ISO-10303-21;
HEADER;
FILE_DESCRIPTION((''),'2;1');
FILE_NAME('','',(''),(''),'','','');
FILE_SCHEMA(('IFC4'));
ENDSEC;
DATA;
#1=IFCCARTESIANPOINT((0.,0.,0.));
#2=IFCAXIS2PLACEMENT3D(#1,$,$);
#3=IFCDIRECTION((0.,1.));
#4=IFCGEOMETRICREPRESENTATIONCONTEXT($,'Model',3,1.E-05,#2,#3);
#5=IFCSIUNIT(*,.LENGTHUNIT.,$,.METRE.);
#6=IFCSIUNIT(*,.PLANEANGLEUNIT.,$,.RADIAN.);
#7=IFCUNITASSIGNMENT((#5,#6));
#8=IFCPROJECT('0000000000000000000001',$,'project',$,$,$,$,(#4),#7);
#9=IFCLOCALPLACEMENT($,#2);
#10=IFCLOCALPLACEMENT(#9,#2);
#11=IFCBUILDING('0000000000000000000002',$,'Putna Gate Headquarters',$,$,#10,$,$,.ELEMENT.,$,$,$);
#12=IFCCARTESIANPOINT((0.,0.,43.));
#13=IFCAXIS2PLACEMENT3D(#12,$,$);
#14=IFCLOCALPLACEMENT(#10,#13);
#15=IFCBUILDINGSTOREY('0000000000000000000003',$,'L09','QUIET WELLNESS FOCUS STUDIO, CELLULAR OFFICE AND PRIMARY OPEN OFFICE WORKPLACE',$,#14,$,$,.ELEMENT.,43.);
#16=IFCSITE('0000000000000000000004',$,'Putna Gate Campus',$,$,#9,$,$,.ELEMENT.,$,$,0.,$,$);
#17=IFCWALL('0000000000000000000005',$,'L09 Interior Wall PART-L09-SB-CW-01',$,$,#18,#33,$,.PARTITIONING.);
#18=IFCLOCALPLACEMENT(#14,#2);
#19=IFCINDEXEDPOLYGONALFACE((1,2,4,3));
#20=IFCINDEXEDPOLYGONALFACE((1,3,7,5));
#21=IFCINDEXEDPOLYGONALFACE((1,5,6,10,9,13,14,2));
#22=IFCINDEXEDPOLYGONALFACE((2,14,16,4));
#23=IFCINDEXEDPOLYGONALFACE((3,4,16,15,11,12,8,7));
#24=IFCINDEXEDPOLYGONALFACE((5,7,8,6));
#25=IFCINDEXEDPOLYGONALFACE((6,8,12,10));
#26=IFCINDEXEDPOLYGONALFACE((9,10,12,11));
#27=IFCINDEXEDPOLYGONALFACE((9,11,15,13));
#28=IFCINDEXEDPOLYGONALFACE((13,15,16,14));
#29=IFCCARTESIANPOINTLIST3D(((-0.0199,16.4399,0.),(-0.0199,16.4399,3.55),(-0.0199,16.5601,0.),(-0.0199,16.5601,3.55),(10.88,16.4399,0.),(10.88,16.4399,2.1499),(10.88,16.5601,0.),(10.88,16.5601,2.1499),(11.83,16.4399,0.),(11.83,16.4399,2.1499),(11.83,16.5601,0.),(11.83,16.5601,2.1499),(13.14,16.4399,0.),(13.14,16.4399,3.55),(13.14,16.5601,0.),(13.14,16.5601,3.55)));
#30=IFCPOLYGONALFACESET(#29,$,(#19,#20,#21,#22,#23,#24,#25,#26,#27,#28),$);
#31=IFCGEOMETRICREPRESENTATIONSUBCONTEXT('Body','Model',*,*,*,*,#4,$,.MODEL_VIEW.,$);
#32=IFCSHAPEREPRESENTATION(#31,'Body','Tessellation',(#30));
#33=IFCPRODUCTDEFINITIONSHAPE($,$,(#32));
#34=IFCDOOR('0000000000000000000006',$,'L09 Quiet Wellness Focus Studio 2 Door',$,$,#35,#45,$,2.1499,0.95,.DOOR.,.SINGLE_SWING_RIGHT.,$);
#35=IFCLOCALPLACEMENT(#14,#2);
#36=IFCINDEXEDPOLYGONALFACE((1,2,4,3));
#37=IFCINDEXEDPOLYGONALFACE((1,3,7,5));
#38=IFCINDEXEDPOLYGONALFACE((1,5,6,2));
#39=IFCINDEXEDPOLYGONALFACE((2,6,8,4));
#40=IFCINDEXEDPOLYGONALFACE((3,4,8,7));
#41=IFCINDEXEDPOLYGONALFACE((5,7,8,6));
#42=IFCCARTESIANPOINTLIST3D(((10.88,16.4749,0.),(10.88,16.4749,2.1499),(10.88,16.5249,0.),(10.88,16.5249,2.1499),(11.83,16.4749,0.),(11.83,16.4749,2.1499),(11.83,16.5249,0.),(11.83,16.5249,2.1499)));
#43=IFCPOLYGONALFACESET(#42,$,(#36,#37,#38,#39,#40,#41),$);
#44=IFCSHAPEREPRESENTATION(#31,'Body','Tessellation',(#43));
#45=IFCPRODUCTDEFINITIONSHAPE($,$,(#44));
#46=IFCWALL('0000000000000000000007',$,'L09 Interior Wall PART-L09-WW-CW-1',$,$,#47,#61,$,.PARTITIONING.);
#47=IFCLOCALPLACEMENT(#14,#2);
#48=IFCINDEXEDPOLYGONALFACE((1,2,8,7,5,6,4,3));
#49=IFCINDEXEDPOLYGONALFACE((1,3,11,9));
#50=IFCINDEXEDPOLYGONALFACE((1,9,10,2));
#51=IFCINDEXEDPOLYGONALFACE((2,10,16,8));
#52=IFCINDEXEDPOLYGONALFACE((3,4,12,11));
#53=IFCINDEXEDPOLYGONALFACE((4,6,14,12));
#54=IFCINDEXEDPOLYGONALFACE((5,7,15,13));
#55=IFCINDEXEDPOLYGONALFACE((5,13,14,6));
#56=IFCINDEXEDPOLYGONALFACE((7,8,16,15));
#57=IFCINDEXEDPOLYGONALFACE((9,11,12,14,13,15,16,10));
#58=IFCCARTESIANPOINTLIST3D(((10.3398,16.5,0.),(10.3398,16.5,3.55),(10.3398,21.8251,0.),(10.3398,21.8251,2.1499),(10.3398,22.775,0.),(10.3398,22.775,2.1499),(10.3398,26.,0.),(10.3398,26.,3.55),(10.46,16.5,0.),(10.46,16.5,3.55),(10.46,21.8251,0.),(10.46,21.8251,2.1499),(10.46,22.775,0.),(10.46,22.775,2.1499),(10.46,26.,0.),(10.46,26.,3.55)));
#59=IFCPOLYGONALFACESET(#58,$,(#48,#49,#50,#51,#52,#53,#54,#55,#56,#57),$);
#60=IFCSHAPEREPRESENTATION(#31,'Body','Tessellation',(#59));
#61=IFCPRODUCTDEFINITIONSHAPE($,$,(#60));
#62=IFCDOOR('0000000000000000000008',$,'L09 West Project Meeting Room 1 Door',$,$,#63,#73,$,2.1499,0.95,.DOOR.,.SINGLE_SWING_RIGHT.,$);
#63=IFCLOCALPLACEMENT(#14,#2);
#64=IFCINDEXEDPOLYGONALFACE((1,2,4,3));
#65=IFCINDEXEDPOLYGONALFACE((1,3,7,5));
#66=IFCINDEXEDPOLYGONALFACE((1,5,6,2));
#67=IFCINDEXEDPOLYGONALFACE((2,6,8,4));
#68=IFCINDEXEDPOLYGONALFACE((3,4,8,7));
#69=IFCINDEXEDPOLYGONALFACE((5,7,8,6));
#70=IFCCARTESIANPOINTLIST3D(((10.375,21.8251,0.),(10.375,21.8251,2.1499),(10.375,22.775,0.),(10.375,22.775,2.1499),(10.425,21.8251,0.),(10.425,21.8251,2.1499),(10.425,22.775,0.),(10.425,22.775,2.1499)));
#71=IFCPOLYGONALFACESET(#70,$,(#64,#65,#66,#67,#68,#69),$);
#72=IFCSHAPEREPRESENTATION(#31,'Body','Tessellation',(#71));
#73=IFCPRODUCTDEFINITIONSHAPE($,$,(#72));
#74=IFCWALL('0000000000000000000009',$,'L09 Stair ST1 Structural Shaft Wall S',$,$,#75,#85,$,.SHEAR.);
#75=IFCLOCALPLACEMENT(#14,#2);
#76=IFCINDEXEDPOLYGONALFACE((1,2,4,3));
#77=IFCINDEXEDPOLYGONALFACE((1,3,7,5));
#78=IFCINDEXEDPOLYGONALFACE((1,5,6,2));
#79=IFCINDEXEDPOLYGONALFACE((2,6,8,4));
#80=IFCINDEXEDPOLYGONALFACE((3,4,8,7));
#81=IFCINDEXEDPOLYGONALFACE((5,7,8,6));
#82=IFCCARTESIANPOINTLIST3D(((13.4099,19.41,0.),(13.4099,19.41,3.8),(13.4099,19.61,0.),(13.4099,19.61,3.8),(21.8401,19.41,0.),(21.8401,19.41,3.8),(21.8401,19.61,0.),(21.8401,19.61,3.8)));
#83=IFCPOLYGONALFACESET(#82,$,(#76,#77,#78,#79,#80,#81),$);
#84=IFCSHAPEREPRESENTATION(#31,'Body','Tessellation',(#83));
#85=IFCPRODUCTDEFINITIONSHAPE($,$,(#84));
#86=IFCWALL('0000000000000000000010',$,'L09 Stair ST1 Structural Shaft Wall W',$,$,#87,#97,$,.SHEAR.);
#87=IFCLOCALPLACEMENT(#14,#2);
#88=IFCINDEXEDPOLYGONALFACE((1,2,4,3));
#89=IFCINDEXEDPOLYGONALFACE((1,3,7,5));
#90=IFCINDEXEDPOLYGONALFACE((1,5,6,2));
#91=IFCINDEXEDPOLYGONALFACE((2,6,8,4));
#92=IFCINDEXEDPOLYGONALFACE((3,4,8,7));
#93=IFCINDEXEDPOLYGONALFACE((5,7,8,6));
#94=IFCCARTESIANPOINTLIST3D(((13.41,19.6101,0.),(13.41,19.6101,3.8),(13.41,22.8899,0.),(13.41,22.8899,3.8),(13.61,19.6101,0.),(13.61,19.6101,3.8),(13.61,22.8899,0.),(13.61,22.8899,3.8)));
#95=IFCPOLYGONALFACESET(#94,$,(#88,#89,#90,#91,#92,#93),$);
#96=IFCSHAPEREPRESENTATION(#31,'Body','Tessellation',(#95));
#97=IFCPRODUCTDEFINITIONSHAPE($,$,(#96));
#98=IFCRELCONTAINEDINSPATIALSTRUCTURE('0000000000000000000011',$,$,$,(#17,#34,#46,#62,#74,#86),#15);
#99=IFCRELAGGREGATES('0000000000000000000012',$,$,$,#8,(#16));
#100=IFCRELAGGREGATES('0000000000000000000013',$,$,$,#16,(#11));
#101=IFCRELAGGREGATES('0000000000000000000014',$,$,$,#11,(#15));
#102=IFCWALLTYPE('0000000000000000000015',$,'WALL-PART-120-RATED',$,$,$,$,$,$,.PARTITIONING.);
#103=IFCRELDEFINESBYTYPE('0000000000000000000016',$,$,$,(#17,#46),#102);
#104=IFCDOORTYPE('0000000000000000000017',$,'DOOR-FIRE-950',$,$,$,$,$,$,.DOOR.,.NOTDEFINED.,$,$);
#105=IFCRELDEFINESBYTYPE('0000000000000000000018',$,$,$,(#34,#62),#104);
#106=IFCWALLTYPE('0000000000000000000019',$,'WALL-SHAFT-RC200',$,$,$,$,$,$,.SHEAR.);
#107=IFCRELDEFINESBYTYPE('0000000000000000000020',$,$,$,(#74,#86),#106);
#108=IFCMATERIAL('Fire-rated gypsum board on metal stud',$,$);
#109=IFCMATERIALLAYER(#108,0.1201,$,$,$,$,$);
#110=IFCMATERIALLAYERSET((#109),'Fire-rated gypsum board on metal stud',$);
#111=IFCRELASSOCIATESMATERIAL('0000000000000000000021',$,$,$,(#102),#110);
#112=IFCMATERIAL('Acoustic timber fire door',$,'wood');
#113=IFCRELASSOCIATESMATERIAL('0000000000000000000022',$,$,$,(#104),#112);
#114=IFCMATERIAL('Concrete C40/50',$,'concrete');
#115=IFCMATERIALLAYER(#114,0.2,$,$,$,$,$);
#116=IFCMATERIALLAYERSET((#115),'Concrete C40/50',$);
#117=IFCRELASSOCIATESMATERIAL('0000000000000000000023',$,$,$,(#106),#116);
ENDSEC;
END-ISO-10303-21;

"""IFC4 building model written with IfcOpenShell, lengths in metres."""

from ifc_helpers import new_model, si_unit, direction, frame, frame_2d, origin, place, context, subcontext, project, spatial, rectangle, extrude, material, layer, layer_set, type_object, element, fill, save


model = new_model("IFC4")

# Units and contexts
model_context = context("Model", 3, precision=1e-05, world=origin(), true_north=direction((0.0, 1.0)))
body_context = subcontext(model_context, "Body", "Model", "MODEL_VIEW")
ifc_project = project(units=[si_unit("LENGTHUNIT", "METRE"), si_unit("PLANEANGLEUNIT", "RADIAN")], contexts=[model_context])

# Site, building, storey
site_placement = place(None, origin())
site = spatial("IfcSite", under=ifc_project, at=site_placement, Name="Putna Gate Campus", CompositionType="ELEMENT", RefElevation=0.0)
building_placement = place(site_placement, origin())
building = spatial("IfcBuilding", under=site, at=building_placement, Name="Putna Gate Headquarters", CompositionType="ELEMENT")
storey_placement = place(building_placement, frame((0.0, 0.0, 43.0)))
storey = spatial("IfcBuildingStorey", under=building, at=storey_placement, Name="L09", Description="QUIET WELLNESS FOCUS STUDIO, CELLULAR OFFICE AND PRIMARY OPEN OFFICE WORKPLACE", CompositionType="ELEMENT", Elevation=43.0)

# Shared definitions
ifc_material_1 = material(Name="Fire-rated gypsum board on metal stud")
ifc_layer_1 = layer(ifc_material_1, 0.1201)
ifc_layer_set_1 = layer_set([ifc_layer_1], Name="Fire-rated gypsum board on metal stud")
wall_type_1 = type_object("IfcWallType", Name="WALL-PART-120-RATED", PredefinedType="PARTITIONING", material=ifc_layer_set_1)
ifc_material_2 = material(Name="Acoustic timber fire door", Category="wood")
door_type_1 = type_object("IfcDoorType", Name="DOOR-FIRE-950", OperationType="NOTDEFINED", PredefinedType="DOOR", material=ifc_material_2)

# Walls, openings, doors
wall_1_placement = place(storey_placement, frame((-0.02, 16.5, 0.0), z_axis=(0.0, 0.0, 1.0), x_axis=(1.0, 0.0, 0.0)))
wall_1 = element("IfcWall", 1, at=wall_1_placement, inside=storey, type_object=wall_type_1, Name="L09 Interior Wall PART-L09-SB-CW-01", PredefinedType="PARTITIONING", context=body_context, shape_type="SweptSolid", body=[
    extrude(rectangle(XDim=13.1599, YDim=0.1201, at=frame_2d((6.5801, 0.0))), origin(), (0.0, 0.0, 1.0), 3.55),
])
opening_1_placement = place(wall_1_placement, frame((10.8999, 0.0, 0.0)))
opening_1 = element("IfcOpeningElement", 2, at=opening_1_placement, cuts=wall_1, PredefinedType="OPENING", context=body_context, shape_type="SweptSolid", body=[
    extrude(rectangle(XDim=0.95, YDim=2.1499, at=frame_2d((0.4751, 1.075))), frame((0.0, 0.0701, 0.0), z_axis=(0.0, -1.0, 0.0), x_axis=(1.0, 0.0, 0.0)), (0.0, 0.0, 1.0), 0.1401),
])
door_1_placement = place(opening_1_placement, origin())
door_1 = element("IfcDoor", 3, at=door_1_placement, inside=storey, type_object=door_type_1, Name="L09 Quiet Wellness Focus Studio 2 Door", OperationType="SINGLE_SWING_RIGHT", OverallHeight=2.1499, OverallWidth=0.95, PredefinedType="DOOR", context=body_context, shape_type="SweptSolid", body=[
    extrude(rectangle(XDim=0.95, YDim=2.1499, at=frame_2d((0.4751, 1.075))), frame((0.0, 0.0249, 0.0), z_axis=(0.0, -1.0, 0.0), x_axis=(1.0, 0.0, 0.0)), (0.0, 0.0, 1.0), 0.05),
])
fill(opening_1, door_1)
wall_2_placement = place(storey_placement, frame((10.3999, 16.5, 0.0), z_axis=(0.0, 0.0, 1.0), x_axis=(0.0, 1.0, 0.0)))
wall_2 = element("IfcWall", 4, at=wall_2_placement, inside=storey, type_object=wall_type_1, Name="L09 Interior Wall PART-L09-WW-CW-1", PredefinedType="PARTITIONING", context=body_context, shape_type="SweptSolid", body=[
    extrude(rectangle(XDim=9.5, YDim=0.1201, at=frame_2d((4.75, 0.0))), origin(), (0.0, 0.0, 1.0), 3.55),
])
opening_2_placement = place(wall_2_placement, frame((5.325, 0.0, 0.0)))
opening_2 = element("IfcOpeningElement", 5, at=opening_2_placement, cuts=wall_2, PredefinedType="OPENING", context=body_context, shape_type="SweptSolid", body=[
    extrude(rectangle(XDim=0.95, YDim=2.1499, at=frame_2d((0.4751, 1.075))), frame((0.0, 0.0701, 0.0), z_axis=(0.0, -1.0, 0.0), x_axis=(1.0, 0.0, 0.0)), (0.0, 0.0, 1.0), 0.1401),
])
door_2_placement = place(opening_2_placement, origin())
door_2 = element("IfcDoor", 6, at=door_2_placement, inside=storey, type_object=door_type_1, Name="L09 West Project Meeting Room 1 Door", OperationType="SINGLE_SWING_RIGHT", OverallHeight=2.1499, OverallWidth=0.95, PredefinedType="DOOR", context=body_context, shape_type="SweptSolid", body=[
    extrude(rectangle(XDim=0.95, YDim=2.1499, at=frame_2d((0.4751, 1.075))), frame((0.0, 0.0249, 0.0), z_axis=(0.0, -1.0, 0.0), x_axis=(1.0, 0.0, 0.0)), (0.0, 0.0, 1.0), 0.05),
])
fill(opening_2, door_2)

# Walls
ifc_material_3 = material(Name="Concrete C40/50", Category="concrete")
ifc_layer_2 = layer(ifc_material_3, 0.2)
ifc_layer_set_2 = layer_set([ifc_layer_2], Name="Concrete C40/50")
wall_type_2 = type_object("IfcWallType", Name="WALL-SHAFT-RC200", PredefinedType="SHEAR", material=ifc_layer_set_2)
wall_3_placement = place(storey_placement, frame((13.4099, 19.51, 0.0), z_axis=(0.0, 0.0, 1.0), x_axis=(1.0, 0.0, 0.0)))
element("IfcWall", 7, at=wall_3_placement, inside=storey, type_object=wall_type_2, Name="L09 Stair ST1 Structural Shaft Wall S", PredefinedType="SHEAR", context=body_context, shape_type="SweptSolid", body=[
    extrude(rectangle(XDim=8.4302, YDim=0.2, at=frame_2d((4.2151, 0.0))), origin(), (0.0, 0.0, 1.0), 3.8),
])
wall_4_placement = place(storey_placement, frame((13.51, 19.6101, 0.0), z_axis=(0.0, 0.0, 1.0), x_axis=(0.0, 1.0, 0.0)))
element("IfcWall", 8, at=wall_4_placement, inside=storey, type_object=wall_type_2, Name="L09 Stair ST1 Structural Shaft Wall W", PredefinedType="SHEAR", context=body_context, shape_type="SweptSolid", body=[
    extrude(rectangle(XDim=3.2798, YDim=0.2, at=frame_2d((1.6399, 0.0))), origin(), (0.0, 0.0, 1.0), 3.8),
])

save(model, "model.ifc")
